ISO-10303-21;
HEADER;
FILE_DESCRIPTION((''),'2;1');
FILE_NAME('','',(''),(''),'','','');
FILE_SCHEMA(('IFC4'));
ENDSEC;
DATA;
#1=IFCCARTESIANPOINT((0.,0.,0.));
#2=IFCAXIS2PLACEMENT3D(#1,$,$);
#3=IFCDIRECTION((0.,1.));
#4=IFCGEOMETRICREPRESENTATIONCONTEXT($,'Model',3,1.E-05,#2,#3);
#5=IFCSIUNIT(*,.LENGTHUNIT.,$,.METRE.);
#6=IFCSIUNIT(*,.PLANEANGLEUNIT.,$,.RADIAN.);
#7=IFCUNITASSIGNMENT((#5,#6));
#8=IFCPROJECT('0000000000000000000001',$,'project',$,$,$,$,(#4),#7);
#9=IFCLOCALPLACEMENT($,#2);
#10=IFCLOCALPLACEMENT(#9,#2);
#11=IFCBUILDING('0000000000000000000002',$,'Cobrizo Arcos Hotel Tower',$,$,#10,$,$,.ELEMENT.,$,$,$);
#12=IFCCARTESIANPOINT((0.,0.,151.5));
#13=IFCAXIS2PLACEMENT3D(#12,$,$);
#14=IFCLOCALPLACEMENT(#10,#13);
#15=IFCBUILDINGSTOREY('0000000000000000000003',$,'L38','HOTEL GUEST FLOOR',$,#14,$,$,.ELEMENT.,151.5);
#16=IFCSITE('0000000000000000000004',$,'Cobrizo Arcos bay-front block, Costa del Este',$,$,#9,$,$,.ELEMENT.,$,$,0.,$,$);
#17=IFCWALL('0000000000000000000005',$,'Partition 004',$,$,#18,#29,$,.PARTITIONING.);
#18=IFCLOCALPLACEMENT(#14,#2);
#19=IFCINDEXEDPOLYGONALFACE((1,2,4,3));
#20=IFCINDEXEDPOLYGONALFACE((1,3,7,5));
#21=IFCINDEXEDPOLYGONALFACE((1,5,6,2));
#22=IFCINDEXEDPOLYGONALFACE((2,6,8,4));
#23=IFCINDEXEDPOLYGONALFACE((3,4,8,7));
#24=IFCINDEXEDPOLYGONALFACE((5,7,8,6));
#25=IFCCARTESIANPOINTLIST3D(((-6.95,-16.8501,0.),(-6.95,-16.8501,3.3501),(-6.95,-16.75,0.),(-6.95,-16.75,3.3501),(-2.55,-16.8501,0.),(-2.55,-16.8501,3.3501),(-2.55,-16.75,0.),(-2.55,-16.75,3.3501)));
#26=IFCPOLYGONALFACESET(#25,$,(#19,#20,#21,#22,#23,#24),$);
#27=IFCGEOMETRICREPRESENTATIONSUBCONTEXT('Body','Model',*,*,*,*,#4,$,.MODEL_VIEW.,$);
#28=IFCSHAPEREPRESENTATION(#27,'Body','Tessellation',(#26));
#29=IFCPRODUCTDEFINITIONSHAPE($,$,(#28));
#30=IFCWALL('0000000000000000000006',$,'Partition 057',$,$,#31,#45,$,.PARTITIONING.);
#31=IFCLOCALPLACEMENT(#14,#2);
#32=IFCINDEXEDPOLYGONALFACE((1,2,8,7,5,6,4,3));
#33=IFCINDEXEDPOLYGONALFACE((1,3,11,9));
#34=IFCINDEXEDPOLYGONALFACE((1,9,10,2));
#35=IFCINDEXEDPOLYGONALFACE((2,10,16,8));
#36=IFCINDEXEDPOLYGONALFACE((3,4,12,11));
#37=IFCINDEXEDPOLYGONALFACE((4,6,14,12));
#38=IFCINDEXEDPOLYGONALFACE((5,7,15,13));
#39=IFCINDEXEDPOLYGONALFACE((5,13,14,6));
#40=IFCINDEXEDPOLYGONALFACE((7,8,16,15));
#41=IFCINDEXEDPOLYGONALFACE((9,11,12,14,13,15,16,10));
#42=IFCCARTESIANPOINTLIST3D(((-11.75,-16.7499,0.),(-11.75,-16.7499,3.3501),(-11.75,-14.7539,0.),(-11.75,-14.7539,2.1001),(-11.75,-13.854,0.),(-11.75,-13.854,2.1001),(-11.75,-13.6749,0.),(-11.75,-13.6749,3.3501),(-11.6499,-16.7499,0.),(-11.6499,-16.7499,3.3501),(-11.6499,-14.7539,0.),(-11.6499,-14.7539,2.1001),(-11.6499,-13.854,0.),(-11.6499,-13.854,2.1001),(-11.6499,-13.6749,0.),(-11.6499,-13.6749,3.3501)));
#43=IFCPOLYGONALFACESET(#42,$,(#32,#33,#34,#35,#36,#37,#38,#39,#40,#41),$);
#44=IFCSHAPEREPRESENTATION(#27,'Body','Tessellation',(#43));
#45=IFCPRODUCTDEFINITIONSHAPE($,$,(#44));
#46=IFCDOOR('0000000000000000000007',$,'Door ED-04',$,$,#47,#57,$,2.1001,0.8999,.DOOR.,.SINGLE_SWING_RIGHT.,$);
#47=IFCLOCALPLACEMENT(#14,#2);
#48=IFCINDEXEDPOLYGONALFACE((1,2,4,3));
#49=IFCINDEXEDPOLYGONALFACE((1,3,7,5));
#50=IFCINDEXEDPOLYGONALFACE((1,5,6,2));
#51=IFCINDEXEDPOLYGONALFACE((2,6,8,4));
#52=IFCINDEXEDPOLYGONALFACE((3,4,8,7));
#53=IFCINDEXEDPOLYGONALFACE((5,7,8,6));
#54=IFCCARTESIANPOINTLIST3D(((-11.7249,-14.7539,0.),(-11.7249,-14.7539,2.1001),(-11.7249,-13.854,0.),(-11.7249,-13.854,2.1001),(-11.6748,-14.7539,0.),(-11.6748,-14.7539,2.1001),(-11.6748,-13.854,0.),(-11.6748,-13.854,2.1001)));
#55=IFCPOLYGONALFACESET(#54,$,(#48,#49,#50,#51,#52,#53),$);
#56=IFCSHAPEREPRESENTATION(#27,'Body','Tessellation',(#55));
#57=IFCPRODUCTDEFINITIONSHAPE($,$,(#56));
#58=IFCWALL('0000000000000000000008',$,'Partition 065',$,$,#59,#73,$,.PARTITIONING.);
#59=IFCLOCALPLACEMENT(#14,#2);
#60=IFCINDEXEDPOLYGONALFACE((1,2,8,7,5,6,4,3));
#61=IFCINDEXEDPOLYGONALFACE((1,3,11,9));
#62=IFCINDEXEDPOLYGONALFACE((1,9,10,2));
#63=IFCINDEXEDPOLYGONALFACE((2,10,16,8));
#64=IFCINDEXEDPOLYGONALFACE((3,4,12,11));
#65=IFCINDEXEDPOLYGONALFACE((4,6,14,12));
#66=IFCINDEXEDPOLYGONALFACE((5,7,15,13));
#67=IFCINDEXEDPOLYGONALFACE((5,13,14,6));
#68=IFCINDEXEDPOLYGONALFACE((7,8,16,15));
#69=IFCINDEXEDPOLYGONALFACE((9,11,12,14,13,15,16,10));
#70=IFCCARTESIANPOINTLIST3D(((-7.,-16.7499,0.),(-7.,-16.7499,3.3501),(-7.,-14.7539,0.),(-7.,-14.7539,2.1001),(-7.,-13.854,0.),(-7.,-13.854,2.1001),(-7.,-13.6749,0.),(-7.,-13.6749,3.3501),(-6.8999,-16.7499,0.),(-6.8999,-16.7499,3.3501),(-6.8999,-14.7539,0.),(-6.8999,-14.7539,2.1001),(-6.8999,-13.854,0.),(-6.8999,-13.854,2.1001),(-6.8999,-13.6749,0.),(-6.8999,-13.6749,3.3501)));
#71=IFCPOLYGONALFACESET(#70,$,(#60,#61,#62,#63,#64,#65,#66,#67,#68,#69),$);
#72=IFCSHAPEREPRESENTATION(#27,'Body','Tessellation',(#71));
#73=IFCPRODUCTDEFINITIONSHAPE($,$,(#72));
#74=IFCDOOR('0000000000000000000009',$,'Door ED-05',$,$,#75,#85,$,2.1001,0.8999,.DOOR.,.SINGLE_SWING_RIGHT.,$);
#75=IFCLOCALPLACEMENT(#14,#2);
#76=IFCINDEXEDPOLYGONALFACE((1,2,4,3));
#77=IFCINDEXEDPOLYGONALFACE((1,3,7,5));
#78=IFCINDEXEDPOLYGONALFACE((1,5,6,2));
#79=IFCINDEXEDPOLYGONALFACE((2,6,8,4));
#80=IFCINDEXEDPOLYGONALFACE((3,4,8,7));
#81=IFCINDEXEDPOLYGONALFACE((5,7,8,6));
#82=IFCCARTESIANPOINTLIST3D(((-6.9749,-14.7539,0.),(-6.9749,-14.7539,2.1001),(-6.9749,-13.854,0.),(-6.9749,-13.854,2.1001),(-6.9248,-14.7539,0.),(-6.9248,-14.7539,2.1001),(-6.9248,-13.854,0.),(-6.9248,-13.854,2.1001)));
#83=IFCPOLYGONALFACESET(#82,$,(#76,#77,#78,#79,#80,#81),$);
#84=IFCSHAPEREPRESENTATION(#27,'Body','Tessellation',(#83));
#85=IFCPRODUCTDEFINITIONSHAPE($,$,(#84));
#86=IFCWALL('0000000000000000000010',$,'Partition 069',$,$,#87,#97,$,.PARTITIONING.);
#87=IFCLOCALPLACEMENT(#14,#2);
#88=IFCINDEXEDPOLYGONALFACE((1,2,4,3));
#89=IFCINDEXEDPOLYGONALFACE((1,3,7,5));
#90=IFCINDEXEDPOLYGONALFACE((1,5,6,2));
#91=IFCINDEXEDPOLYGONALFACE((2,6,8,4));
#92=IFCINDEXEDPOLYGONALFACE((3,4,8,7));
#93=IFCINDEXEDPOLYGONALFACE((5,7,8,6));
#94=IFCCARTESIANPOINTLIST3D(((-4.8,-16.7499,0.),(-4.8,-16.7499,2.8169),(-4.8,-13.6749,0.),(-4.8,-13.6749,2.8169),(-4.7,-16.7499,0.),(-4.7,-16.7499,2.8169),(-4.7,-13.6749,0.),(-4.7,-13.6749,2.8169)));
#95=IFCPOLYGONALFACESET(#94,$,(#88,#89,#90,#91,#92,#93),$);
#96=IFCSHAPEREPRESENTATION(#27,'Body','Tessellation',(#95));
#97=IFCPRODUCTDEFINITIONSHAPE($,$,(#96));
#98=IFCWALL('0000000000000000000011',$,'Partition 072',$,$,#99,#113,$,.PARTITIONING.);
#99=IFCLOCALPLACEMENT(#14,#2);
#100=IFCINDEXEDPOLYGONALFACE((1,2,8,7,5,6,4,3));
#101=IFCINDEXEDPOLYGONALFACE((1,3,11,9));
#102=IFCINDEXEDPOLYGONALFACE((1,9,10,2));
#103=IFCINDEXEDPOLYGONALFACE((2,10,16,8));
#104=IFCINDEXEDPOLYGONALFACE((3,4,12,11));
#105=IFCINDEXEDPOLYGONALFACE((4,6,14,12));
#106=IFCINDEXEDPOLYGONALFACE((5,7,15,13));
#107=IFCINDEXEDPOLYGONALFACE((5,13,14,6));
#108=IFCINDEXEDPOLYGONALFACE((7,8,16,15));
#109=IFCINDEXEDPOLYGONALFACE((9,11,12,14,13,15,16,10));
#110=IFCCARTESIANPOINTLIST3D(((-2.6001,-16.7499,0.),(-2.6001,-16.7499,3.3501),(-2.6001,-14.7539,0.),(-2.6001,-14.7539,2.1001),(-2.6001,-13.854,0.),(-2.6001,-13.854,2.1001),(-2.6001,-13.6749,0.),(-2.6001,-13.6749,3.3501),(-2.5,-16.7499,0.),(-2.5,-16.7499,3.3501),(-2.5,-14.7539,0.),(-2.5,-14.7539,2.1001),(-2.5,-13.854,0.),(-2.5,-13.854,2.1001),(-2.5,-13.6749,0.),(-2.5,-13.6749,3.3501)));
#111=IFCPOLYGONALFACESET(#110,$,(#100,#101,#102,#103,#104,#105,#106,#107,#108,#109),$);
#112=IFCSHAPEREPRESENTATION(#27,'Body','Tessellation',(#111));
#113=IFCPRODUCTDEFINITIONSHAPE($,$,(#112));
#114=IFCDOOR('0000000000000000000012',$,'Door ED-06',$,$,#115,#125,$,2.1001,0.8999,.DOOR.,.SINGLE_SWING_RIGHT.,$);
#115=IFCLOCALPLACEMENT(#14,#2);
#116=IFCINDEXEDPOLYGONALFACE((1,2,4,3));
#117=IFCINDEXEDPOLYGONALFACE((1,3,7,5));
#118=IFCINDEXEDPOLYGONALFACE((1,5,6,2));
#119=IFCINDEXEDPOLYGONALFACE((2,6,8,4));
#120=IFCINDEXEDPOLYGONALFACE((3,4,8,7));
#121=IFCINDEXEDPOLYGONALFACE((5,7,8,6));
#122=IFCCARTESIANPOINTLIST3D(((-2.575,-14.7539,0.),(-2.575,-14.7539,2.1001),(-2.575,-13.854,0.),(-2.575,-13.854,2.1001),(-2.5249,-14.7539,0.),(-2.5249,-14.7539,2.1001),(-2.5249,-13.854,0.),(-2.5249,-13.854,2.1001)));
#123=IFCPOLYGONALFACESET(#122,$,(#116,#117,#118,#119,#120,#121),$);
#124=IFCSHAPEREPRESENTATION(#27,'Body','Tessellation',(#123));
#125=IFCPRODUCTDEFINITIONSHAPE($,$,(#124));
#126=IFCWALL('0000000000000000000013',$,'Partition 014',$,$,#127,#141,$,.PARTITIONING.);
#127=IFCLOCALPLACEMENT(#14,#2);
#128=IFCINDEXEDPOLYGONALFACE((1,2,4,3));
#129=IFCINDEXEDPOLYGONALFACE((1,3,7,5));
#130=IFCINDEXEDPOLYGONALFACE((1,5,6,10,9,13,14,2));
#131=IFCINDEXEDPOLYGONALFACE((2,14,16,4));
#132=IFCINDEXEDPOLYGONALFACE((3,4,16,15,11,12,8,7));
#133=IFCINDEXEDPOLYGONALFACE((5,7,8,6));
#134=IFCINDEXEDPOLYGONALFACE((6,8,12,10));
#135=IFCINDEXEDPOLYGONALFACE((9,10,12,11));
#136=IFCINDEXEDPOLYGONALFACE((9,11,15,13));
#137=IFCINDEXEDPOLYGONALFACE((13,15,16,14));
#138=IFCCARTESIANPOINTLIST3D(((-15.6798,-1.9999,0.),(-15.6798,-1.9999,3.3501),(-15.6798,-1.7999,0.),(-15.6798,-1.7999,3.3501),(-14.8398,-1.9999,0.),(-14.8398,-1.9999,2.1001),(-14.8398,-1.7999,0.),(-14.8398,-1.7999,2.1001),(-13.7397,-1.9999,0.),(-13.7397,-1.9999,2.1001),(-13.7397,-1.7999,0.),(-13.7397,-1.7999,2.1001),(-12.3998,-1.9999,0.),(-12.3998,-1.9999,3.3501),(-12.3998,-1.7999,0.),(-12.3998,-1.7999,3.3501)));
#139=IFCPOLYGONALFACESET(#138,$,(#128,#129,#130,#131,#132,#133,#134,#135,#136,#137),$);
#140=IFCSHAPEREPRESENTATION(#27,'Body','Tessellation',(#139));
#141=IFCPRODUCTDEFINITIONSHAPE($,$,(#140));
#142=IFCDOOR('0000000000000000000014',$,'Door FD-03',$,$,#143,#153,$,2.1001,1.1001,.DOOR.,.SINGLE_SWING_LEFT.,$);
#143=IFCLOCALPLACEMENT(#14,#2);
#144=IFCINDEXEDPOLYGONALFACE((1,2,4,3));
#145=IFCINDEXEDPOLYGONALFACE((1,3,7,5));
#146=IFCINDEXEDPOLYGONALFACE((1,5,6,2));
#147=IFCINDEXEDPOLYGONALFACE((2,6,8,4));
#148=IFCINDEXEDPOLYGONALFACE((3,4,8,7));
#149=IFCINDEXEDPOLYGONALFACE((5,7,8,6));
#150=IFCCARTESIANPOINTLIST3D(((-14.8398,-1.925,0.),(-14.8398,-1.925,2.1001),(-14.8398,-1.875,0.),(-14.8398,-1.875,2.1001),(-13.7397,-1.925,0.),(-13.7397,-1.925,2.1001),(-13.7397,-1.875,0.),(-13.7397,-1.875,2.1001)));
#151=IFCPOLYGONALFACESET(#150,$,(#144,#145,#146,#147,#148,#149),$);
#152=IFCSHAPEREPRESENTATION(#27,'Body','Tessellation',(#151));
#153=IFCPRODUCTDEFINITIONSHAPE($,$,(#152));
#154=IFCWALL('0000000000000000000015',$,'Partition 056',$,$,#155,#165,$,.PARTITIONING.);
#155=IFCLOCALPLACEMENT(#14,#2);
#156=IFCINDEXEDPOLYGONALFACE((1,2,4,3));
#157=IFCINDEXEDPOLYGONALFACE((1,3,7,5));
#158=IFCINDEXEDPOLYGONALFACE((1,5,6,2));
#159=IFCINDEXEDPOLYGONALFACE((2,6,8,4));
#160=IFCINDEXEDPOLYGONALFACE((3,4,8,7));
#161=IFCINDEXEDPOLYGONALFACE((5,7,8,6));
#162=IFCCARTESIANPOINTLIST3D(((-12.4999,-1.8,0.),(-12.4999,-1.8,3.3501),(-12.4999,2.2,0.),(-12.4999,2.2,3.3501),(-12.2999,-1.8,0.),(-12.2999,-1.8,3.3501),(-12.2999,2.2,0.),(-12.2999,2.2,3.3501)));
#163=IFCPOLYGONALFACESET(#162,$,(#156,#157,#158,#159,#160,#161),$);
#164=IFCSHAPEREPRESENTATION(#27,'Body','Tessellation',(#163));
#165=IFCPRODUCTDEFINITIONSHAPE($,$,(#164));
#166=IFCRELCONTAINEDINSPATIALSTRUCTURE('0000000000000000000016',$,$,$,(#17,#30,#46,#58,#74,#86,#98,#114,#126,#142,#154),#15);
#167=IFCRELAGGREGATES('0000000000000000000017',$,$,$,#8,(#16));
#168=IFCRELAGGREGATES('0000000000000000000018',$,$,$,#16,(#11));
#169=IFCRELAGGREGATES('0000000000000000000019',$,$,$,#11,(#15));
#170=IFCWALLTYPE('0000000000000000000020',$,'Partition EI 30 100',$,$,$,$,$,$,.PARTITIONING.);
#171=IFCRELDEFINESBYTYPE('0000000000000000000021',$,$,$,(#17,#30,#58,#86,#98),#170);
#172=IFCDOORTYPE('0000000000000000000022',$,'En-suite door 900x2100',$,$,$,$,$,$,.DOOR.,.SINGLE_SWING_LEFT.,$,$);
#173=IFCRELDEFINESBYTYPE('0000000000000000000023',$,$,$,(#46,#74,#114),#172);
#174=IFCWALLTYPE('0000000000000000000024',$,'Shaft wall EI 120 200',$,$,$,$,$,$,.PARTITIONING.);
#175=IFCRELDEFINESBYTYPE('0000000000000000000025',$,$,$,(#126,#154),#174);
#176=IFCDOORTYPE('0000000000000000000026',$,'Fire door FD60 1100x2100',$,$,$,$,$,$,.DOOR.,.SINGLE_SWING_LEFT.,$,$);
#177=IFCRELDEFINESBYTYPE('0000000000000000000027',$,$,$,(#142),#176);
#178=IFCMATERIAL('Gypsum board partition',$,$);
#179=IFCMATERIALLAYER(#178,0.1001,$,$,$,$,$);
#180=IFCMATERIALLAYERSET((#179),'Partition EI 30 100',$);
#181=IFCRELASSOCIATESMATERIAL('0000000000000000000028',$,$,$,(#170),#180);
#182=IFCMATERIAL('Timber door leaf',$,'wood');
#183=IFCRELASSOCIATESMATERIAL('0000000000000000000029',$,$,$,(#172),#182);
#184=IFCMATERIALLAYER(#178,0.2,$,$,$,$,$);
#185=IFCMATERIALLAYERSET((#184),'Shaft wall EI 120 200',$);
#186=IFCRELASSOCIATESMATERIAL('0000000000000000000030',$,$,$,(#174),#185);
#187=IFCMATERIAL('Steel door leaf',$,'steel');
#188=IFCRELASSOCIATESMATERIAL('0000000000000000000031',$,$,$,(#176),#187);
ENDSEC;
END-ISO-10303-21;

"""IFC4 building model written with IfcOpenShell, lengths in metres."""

from ifc_helpers import new_model, si_unit, direction, frame, frame_2d, origin, place, context, subcontext, project, spatial, rectangle, extrude, material, layer, layer_set, type_object, element, fill, save


model = new_model("IFC4")

# Units and contexts
model_context = context("Model", 3, precision=1e-05, world=origin(), true_north=direction((0.0, 1.0)))
body_context = subcontext(model_context, "Body", "Model", "MODEL_VIEW")
ifc_project = project(units=[si_unit("LENGTHUNIT", "METRE"), si_unit("PLANEANGLEUNIT", "RADIAN")], contexts=[model_context])

# Site, building, storey
site_placement = place(None, origin())
site = spatial("IfcSite", under=ifc_project, at=site_placement, Name="Cobrizo Arcos bay-front block, Costa del Este", CompositionType="ELEMENT", RefElevation=0.0)
building_placement = place(site_placement, origin())
building = spatial("IfcBuilding", under=site, at=building_placement, Name="Cobrizo Arcos Hotel Tower", CompositionType="ELEMENT")
storey_placement = place(building_placement, frame((0.0, 0.0, 151.5)))
storey = spatial("IfcBuildingStorey", under=building, at=storey_placement, Name="L38", Description="HOTEL GUEST FLOOR", CompositionType="ELEMENT", Elevation=151.5)

# Shared definitions
ifc_material_1 = material(Name="Gypsum board partition")

# Shared definitions
ifc_material_2 = material(Name="Timber door leaf", Category="wood")

# Wall
ifc_layer_1 = layer(ifc_material_1, 0.1001)
ifc_layer_set_1 = layer_set([ifc_layer_1], Name="Partition EI 30 100")
wall_type_1 = type_object("IfcWallType", Name="Partition EI 30 100", PredefinedType="PARTITIONING", material=ifc_layer_set_1)
wall_1_placement = place(storey_placement, frame((-6.95, -16.8, 0.0), z_axis=(0.0, 0.0, 1.0), x_axis=(1.0, 0.0, 0.0)))
element("IfcWall", 1, at=wall_1_placement, inside=storey, type_object=wall_type_1, Name="Partition 004", PredefinedType="PARTITIONING", context=body_context, shape_type="SweptSolid", body=[
    extrude(rectangle(XDim=4.3999, YDim=0.1001, at=frame_2d((2.2, 0.0))), origin(), (0.0, 0.0, 1.0), 3.3501),
])

# Walls, openings, doors
wall_2_placement = place(storey_placement, frame((-11.7, -16.75, 0.0), z_axis=(0.0, 0.0, 1.0), x_axis=(0.0, 1.0, 0.0)))
wall_2 = element("IfcWall", 2, at=wall_2_placement, inside=storey, type_object=wall_type_1, Name="Partition 057", PredefinedType="PARTITIONING", context=body_context, shape_type="SweptSolid", body=[
    extrude(rectangle(XDim=3.075, YDim=0.1001, at=frame_2d((1.5376, 0.0))), origin(), (0.0, 0.0, 1.0), 3.3501),
])
opening_1_placement = place(wall_2_placement, frame((1.9961, 0.0, 0.0)))
opening_1 = element("IfcOpeningElement", 3, at=opening_1_placement, cuts=wall_2, PredefinedType="OPENING", context=body_context, shape_type="SweptSolid", body=[
    extrude(rectangle(XDim=0.8999, YDim=2.1001, at=frame_2d((0.45, 1.05))), frame((0.0, 0.062, 0.0), z_axis=(0.0, -1.0, 0.0), x_axis=(1.0, 0.0, 0.0)), (0.0, 0.0, 1.0), 0.124),
])
door_type_1 = type_object("IfcDoorType", Name="En-suite door 900x2100", OperationType="SINGLE_SWING_LEFT", PredefinedType="DOOR", material=ifc_material_2)
door_1_placement = place(opening_1_placement, origin())
door_1 = element("IfcDoor", 4, at=door_1_placement, inside=storey, type_object=door_type_1, Name="Door ED-04", OperationType="SINGLE_SWING_RIGHT", OverallHeight=2.1001, OverallWidth=0.8999, PredefinedType="DOOR", context=body_context, shape_type="SweptSolid", body=[
    extrude(rectangle(XDim=0.8999, YDim=2.1001, at=frame_2d((0.45, 1.05))), frame((0.0, 0.0249, 0.0), z_axis=(0.0, -1.0, 0.0), x_axis=(1.0, 0.0, 0.0)), (0.0, 0.0, 1.0), 0.05),
])
fill(opening_1, door_1)
wall_3_placement = place(storey_placement, frame((-6.95, -16.75, 0.0), z_axis=(0.0, 0.0, 1.0), x_axis=(0.0, 1.0, 0.0)))
wall_3 = element("IfcWall", 5, at=wall_3_placement, inside=storey, type_object=wall_type_1, Name="Partition 065", PredefinedType="PARTITIONING", context=body_context, shape_type="SweptSolid", body=[
    extrude(rectangle(XDim=3.075, YDim=0.1001, at=frame_2d((1.5376, 0.0))), origin(), (0.0, 0.0, 1.0), 3.3501),
])
opening_2_placement = place(wall_3_placement, frame((1.9961, 0.0, 0.0)))
opening_2 = element("IfcOpeningElement", 6, at=opening_2_placement, cuts=wall_3, PredefinedType="OPENING", context=body_context, shape_type="SweptSolid", body=[
    extrude(rectangle(XDim=0.8999, YDim=2.1001, at=frame_2d((0.45, 1.05))), frame((0.0, 0.062, 0.0), z_axis=(0.0, -1.0, 0.0), x_axis=(1.0, 0.0, 0.0)), (0.0, 0.0, 1.0), 0.124),
])
door_2_placement = place(opening_2_placement, origin())
door_2 = element("IfcDoor", 7, at=door_2_placement, inside=storey, type_object=door_type_1, Name="Door ED-05", OperationType="SINGLE_SWING_RIGHT", OverallHeight=2.1001, OverallWidth=0.8999, PredefinedType="DOOR", context=body_context, shape_type="SweptSolid", body=[
    extrude(rectangle(XDim=0.8999, YDim=2.1001, at=frame_2d((0.45, 1.05))), frame((0.0, 0.0249, 0.0), z_axis=(0.0, -1.0, 0.0), x_axis=(1.0, 0.0, 0.0)), (0.0, 0.0, 1.0), 0.05),
])
fill(opening_2, door_2)

# Wall
wall_4_placement = place(storey_placement, frame((-4.75, -16.75, 0.0), z_axis=(0.0, 0.0, 1.0), x_axis=(0.0, 1.0, 0.0)))
element("IfcWall", 8, at=wall_4_placement, inside=storey, type_object=wall_type_1, Name="Partition 069", PredefinedType="PARTITIONING", context=body_context, shape_type="SweptSolid", body=[
    extrude(rectangle(XDim=3.075, YDim=0.1001, at=frame_2d((1.5376, 0.0))), origin(), (0.0, 0.0, 1.0), 2.8169),
])

# Walls, openings, doors
wall_5_placement = place(storey_placement, frame((-2.55, -16.75, 0.0), z_axis=(0.0, 0.0, 1.0), x_axis=(0.0, 1.0, 0.0)))
wall_5 = element("IfcWall", 9, at=wall_5_placement, inside=storey, type_object=wall_type_1, Name="Partition 072", PredefinedType="PARTITIONING", context=body_context, shape_type="SweptSolid", body=[
    extrude(rectangle(XDim=3.075, YDim=0.1001, at=frame_2d((1.5376, 0.0))), origin(), (0.0, 0.0, 1.0), 3.3501),
])
opening_3_placement = place(wall_5_placement, frame((1.9961, 0.0, 0.0)))
opening_3 = element("IfcOpeningElement", 10, at=opening_3_placement, cuts=wall_5, PredefinedType="OPENING", context=body_context, shape_type="SweptSolid", body=[
    extrude(rectangle(XDim=0.8999, YDim=2.1001, at=frame_2d((0.45, 1.05))), frame((0.0, 0.062, 0.0), z_axis=(0.0, -1.0, 0.0), x_axis=(1.0, 0.0, 0.0)), (0.0, 0.0, 1.0), 0.124),
])
door_3_placement = place(opening_3_placement, origin())
door_3 = element("IfcDoor", 11, at=door_3_placement, inside=storey, type_object=door_type_1, Name="Door ED-06", OperationType="SINGLE_SWING_RIGHT", OverallHeight=2.1001, OverallWidth=0.8999, PredefinedType="DOOR", context=body_context, shape_type="SweptSolid", body=[
    extrude(rectangle(XDim=0.8999, YDim=2.1001, at=frame_2d((0.45, 1.05))), frame((0.0, 0.0249, 0.0), z_axis=(0.0, -1.0, 0.0), x_axis=(1.0, 0.0, 0.0)), (0.0, 0.0, 1.0), 0.05),
])
fill(opening_3, door_3)
ifc_layer_2 = layer(ifc_material_1, 0.2)
ifc_layer_set_2 = layer_set([ifc_layer_2], Name="Shaft wall EI 120 200")
wall_type_2 = type_object("IfcWallType", Name="Shaft wall EI 120 200", PredefinedType="PARTITIONING", material=ifc_layer_set_2)
wall_6_placement = place(storey_placement, frame((-15.6799, -1.8999, 0.0), z_axis=(0.0, 0.0, 1.0), x_axis=(1.0, 0.0, 0.0)))
wall_6 = element("IfcWall", 12, at=wall_6_placement, inside=storey, type_object=wall_type_2, Name="Partition 014", PredefinedType="PARTITIONING", context=body_context, shape_type="SweptSolid", body=[
    extrude(rectangle(XDim=3.28, YDim=0.2, at=frame_2d((1.6401, 0.0))), origin(), (0.0, 0.0, 1.0), 3.3501),
])
opening_4_placement = place(wall_6_placement, frame((0.8401, 0.0, 0.0)))
opening_4 = element("IfcOpeningElement", 13, at=opening_4_placement, cuts=wall_6, PredefinedType="OPENING", context=body_context, shape_type="SweptSolid", body=[
    extrude(rectangle(XDim=1.1001, YDim=2.1001, at=frame_2d((0.55, 1.05))), frame((0.0, 0.1121, 0.0), z_axis=(0.0, -1.0, 0.0), x_axis=(1.0, 0.0, 0.0)), (0.0, 0.0, 1.0), 0.2239),
])
ifc_material_3 = material(Name="Steel door leaf", Category="steel")
door_type_2 = type_object("IfcDoorType", Name="Fire door FD60 1100x2100", OperationType="SINGLE_SWING_LEFT", PredefinedType="DOOR", material=ifc_material_3)
door_4_placement = place(opening_4_placement, origin())
door_4 = element("IfcDoor", 14, at=door_4_placement, inside=storey, type_object=door_type_2, Name="Door FD-03", OperationType="SINGLE_SWING_LEFT", OverallHeight=2.1001, OverallWidth=1.1001, PredefinedType="DOOR", context=body_context, shape_type="SweptSolid", body=[
    extrude(rectangle(XDim=1.1001, YDim=2.1001, at=frame_2d((0.55, 1.05))), frame((0.0, 0.0249, 0.0), z_axis=(0.0, -1.0, 0.0), x_axis=(1.0, 0.0, 0.0)), (0.0, 0.0, 1.0), 0.05),
])
fill(opening_4, door_4)

# Wall
wall_7_placement = place(storey_placement, frame((-12.3999, -1.8, 0.0), z_axis=(0.0, 0.0, 1.0), x_axis=(0.0, 1.0, 0.0)))
element("IfcWall", 15, at=wall_7_placement, inside=storey, type_object=wall_type_2, Name="Partition 056", PredefinedType="PARTITIONING", context=body_context, shape_type="SweptSolid", body=[
    extrude(rectangle(XDim=4.0, YDim=0.2, at=frame_2d((2.0, 0.0))), origin(), (0.0, 0.0, 1.0), 3.3501),
])

save(model, "model.ifc")
